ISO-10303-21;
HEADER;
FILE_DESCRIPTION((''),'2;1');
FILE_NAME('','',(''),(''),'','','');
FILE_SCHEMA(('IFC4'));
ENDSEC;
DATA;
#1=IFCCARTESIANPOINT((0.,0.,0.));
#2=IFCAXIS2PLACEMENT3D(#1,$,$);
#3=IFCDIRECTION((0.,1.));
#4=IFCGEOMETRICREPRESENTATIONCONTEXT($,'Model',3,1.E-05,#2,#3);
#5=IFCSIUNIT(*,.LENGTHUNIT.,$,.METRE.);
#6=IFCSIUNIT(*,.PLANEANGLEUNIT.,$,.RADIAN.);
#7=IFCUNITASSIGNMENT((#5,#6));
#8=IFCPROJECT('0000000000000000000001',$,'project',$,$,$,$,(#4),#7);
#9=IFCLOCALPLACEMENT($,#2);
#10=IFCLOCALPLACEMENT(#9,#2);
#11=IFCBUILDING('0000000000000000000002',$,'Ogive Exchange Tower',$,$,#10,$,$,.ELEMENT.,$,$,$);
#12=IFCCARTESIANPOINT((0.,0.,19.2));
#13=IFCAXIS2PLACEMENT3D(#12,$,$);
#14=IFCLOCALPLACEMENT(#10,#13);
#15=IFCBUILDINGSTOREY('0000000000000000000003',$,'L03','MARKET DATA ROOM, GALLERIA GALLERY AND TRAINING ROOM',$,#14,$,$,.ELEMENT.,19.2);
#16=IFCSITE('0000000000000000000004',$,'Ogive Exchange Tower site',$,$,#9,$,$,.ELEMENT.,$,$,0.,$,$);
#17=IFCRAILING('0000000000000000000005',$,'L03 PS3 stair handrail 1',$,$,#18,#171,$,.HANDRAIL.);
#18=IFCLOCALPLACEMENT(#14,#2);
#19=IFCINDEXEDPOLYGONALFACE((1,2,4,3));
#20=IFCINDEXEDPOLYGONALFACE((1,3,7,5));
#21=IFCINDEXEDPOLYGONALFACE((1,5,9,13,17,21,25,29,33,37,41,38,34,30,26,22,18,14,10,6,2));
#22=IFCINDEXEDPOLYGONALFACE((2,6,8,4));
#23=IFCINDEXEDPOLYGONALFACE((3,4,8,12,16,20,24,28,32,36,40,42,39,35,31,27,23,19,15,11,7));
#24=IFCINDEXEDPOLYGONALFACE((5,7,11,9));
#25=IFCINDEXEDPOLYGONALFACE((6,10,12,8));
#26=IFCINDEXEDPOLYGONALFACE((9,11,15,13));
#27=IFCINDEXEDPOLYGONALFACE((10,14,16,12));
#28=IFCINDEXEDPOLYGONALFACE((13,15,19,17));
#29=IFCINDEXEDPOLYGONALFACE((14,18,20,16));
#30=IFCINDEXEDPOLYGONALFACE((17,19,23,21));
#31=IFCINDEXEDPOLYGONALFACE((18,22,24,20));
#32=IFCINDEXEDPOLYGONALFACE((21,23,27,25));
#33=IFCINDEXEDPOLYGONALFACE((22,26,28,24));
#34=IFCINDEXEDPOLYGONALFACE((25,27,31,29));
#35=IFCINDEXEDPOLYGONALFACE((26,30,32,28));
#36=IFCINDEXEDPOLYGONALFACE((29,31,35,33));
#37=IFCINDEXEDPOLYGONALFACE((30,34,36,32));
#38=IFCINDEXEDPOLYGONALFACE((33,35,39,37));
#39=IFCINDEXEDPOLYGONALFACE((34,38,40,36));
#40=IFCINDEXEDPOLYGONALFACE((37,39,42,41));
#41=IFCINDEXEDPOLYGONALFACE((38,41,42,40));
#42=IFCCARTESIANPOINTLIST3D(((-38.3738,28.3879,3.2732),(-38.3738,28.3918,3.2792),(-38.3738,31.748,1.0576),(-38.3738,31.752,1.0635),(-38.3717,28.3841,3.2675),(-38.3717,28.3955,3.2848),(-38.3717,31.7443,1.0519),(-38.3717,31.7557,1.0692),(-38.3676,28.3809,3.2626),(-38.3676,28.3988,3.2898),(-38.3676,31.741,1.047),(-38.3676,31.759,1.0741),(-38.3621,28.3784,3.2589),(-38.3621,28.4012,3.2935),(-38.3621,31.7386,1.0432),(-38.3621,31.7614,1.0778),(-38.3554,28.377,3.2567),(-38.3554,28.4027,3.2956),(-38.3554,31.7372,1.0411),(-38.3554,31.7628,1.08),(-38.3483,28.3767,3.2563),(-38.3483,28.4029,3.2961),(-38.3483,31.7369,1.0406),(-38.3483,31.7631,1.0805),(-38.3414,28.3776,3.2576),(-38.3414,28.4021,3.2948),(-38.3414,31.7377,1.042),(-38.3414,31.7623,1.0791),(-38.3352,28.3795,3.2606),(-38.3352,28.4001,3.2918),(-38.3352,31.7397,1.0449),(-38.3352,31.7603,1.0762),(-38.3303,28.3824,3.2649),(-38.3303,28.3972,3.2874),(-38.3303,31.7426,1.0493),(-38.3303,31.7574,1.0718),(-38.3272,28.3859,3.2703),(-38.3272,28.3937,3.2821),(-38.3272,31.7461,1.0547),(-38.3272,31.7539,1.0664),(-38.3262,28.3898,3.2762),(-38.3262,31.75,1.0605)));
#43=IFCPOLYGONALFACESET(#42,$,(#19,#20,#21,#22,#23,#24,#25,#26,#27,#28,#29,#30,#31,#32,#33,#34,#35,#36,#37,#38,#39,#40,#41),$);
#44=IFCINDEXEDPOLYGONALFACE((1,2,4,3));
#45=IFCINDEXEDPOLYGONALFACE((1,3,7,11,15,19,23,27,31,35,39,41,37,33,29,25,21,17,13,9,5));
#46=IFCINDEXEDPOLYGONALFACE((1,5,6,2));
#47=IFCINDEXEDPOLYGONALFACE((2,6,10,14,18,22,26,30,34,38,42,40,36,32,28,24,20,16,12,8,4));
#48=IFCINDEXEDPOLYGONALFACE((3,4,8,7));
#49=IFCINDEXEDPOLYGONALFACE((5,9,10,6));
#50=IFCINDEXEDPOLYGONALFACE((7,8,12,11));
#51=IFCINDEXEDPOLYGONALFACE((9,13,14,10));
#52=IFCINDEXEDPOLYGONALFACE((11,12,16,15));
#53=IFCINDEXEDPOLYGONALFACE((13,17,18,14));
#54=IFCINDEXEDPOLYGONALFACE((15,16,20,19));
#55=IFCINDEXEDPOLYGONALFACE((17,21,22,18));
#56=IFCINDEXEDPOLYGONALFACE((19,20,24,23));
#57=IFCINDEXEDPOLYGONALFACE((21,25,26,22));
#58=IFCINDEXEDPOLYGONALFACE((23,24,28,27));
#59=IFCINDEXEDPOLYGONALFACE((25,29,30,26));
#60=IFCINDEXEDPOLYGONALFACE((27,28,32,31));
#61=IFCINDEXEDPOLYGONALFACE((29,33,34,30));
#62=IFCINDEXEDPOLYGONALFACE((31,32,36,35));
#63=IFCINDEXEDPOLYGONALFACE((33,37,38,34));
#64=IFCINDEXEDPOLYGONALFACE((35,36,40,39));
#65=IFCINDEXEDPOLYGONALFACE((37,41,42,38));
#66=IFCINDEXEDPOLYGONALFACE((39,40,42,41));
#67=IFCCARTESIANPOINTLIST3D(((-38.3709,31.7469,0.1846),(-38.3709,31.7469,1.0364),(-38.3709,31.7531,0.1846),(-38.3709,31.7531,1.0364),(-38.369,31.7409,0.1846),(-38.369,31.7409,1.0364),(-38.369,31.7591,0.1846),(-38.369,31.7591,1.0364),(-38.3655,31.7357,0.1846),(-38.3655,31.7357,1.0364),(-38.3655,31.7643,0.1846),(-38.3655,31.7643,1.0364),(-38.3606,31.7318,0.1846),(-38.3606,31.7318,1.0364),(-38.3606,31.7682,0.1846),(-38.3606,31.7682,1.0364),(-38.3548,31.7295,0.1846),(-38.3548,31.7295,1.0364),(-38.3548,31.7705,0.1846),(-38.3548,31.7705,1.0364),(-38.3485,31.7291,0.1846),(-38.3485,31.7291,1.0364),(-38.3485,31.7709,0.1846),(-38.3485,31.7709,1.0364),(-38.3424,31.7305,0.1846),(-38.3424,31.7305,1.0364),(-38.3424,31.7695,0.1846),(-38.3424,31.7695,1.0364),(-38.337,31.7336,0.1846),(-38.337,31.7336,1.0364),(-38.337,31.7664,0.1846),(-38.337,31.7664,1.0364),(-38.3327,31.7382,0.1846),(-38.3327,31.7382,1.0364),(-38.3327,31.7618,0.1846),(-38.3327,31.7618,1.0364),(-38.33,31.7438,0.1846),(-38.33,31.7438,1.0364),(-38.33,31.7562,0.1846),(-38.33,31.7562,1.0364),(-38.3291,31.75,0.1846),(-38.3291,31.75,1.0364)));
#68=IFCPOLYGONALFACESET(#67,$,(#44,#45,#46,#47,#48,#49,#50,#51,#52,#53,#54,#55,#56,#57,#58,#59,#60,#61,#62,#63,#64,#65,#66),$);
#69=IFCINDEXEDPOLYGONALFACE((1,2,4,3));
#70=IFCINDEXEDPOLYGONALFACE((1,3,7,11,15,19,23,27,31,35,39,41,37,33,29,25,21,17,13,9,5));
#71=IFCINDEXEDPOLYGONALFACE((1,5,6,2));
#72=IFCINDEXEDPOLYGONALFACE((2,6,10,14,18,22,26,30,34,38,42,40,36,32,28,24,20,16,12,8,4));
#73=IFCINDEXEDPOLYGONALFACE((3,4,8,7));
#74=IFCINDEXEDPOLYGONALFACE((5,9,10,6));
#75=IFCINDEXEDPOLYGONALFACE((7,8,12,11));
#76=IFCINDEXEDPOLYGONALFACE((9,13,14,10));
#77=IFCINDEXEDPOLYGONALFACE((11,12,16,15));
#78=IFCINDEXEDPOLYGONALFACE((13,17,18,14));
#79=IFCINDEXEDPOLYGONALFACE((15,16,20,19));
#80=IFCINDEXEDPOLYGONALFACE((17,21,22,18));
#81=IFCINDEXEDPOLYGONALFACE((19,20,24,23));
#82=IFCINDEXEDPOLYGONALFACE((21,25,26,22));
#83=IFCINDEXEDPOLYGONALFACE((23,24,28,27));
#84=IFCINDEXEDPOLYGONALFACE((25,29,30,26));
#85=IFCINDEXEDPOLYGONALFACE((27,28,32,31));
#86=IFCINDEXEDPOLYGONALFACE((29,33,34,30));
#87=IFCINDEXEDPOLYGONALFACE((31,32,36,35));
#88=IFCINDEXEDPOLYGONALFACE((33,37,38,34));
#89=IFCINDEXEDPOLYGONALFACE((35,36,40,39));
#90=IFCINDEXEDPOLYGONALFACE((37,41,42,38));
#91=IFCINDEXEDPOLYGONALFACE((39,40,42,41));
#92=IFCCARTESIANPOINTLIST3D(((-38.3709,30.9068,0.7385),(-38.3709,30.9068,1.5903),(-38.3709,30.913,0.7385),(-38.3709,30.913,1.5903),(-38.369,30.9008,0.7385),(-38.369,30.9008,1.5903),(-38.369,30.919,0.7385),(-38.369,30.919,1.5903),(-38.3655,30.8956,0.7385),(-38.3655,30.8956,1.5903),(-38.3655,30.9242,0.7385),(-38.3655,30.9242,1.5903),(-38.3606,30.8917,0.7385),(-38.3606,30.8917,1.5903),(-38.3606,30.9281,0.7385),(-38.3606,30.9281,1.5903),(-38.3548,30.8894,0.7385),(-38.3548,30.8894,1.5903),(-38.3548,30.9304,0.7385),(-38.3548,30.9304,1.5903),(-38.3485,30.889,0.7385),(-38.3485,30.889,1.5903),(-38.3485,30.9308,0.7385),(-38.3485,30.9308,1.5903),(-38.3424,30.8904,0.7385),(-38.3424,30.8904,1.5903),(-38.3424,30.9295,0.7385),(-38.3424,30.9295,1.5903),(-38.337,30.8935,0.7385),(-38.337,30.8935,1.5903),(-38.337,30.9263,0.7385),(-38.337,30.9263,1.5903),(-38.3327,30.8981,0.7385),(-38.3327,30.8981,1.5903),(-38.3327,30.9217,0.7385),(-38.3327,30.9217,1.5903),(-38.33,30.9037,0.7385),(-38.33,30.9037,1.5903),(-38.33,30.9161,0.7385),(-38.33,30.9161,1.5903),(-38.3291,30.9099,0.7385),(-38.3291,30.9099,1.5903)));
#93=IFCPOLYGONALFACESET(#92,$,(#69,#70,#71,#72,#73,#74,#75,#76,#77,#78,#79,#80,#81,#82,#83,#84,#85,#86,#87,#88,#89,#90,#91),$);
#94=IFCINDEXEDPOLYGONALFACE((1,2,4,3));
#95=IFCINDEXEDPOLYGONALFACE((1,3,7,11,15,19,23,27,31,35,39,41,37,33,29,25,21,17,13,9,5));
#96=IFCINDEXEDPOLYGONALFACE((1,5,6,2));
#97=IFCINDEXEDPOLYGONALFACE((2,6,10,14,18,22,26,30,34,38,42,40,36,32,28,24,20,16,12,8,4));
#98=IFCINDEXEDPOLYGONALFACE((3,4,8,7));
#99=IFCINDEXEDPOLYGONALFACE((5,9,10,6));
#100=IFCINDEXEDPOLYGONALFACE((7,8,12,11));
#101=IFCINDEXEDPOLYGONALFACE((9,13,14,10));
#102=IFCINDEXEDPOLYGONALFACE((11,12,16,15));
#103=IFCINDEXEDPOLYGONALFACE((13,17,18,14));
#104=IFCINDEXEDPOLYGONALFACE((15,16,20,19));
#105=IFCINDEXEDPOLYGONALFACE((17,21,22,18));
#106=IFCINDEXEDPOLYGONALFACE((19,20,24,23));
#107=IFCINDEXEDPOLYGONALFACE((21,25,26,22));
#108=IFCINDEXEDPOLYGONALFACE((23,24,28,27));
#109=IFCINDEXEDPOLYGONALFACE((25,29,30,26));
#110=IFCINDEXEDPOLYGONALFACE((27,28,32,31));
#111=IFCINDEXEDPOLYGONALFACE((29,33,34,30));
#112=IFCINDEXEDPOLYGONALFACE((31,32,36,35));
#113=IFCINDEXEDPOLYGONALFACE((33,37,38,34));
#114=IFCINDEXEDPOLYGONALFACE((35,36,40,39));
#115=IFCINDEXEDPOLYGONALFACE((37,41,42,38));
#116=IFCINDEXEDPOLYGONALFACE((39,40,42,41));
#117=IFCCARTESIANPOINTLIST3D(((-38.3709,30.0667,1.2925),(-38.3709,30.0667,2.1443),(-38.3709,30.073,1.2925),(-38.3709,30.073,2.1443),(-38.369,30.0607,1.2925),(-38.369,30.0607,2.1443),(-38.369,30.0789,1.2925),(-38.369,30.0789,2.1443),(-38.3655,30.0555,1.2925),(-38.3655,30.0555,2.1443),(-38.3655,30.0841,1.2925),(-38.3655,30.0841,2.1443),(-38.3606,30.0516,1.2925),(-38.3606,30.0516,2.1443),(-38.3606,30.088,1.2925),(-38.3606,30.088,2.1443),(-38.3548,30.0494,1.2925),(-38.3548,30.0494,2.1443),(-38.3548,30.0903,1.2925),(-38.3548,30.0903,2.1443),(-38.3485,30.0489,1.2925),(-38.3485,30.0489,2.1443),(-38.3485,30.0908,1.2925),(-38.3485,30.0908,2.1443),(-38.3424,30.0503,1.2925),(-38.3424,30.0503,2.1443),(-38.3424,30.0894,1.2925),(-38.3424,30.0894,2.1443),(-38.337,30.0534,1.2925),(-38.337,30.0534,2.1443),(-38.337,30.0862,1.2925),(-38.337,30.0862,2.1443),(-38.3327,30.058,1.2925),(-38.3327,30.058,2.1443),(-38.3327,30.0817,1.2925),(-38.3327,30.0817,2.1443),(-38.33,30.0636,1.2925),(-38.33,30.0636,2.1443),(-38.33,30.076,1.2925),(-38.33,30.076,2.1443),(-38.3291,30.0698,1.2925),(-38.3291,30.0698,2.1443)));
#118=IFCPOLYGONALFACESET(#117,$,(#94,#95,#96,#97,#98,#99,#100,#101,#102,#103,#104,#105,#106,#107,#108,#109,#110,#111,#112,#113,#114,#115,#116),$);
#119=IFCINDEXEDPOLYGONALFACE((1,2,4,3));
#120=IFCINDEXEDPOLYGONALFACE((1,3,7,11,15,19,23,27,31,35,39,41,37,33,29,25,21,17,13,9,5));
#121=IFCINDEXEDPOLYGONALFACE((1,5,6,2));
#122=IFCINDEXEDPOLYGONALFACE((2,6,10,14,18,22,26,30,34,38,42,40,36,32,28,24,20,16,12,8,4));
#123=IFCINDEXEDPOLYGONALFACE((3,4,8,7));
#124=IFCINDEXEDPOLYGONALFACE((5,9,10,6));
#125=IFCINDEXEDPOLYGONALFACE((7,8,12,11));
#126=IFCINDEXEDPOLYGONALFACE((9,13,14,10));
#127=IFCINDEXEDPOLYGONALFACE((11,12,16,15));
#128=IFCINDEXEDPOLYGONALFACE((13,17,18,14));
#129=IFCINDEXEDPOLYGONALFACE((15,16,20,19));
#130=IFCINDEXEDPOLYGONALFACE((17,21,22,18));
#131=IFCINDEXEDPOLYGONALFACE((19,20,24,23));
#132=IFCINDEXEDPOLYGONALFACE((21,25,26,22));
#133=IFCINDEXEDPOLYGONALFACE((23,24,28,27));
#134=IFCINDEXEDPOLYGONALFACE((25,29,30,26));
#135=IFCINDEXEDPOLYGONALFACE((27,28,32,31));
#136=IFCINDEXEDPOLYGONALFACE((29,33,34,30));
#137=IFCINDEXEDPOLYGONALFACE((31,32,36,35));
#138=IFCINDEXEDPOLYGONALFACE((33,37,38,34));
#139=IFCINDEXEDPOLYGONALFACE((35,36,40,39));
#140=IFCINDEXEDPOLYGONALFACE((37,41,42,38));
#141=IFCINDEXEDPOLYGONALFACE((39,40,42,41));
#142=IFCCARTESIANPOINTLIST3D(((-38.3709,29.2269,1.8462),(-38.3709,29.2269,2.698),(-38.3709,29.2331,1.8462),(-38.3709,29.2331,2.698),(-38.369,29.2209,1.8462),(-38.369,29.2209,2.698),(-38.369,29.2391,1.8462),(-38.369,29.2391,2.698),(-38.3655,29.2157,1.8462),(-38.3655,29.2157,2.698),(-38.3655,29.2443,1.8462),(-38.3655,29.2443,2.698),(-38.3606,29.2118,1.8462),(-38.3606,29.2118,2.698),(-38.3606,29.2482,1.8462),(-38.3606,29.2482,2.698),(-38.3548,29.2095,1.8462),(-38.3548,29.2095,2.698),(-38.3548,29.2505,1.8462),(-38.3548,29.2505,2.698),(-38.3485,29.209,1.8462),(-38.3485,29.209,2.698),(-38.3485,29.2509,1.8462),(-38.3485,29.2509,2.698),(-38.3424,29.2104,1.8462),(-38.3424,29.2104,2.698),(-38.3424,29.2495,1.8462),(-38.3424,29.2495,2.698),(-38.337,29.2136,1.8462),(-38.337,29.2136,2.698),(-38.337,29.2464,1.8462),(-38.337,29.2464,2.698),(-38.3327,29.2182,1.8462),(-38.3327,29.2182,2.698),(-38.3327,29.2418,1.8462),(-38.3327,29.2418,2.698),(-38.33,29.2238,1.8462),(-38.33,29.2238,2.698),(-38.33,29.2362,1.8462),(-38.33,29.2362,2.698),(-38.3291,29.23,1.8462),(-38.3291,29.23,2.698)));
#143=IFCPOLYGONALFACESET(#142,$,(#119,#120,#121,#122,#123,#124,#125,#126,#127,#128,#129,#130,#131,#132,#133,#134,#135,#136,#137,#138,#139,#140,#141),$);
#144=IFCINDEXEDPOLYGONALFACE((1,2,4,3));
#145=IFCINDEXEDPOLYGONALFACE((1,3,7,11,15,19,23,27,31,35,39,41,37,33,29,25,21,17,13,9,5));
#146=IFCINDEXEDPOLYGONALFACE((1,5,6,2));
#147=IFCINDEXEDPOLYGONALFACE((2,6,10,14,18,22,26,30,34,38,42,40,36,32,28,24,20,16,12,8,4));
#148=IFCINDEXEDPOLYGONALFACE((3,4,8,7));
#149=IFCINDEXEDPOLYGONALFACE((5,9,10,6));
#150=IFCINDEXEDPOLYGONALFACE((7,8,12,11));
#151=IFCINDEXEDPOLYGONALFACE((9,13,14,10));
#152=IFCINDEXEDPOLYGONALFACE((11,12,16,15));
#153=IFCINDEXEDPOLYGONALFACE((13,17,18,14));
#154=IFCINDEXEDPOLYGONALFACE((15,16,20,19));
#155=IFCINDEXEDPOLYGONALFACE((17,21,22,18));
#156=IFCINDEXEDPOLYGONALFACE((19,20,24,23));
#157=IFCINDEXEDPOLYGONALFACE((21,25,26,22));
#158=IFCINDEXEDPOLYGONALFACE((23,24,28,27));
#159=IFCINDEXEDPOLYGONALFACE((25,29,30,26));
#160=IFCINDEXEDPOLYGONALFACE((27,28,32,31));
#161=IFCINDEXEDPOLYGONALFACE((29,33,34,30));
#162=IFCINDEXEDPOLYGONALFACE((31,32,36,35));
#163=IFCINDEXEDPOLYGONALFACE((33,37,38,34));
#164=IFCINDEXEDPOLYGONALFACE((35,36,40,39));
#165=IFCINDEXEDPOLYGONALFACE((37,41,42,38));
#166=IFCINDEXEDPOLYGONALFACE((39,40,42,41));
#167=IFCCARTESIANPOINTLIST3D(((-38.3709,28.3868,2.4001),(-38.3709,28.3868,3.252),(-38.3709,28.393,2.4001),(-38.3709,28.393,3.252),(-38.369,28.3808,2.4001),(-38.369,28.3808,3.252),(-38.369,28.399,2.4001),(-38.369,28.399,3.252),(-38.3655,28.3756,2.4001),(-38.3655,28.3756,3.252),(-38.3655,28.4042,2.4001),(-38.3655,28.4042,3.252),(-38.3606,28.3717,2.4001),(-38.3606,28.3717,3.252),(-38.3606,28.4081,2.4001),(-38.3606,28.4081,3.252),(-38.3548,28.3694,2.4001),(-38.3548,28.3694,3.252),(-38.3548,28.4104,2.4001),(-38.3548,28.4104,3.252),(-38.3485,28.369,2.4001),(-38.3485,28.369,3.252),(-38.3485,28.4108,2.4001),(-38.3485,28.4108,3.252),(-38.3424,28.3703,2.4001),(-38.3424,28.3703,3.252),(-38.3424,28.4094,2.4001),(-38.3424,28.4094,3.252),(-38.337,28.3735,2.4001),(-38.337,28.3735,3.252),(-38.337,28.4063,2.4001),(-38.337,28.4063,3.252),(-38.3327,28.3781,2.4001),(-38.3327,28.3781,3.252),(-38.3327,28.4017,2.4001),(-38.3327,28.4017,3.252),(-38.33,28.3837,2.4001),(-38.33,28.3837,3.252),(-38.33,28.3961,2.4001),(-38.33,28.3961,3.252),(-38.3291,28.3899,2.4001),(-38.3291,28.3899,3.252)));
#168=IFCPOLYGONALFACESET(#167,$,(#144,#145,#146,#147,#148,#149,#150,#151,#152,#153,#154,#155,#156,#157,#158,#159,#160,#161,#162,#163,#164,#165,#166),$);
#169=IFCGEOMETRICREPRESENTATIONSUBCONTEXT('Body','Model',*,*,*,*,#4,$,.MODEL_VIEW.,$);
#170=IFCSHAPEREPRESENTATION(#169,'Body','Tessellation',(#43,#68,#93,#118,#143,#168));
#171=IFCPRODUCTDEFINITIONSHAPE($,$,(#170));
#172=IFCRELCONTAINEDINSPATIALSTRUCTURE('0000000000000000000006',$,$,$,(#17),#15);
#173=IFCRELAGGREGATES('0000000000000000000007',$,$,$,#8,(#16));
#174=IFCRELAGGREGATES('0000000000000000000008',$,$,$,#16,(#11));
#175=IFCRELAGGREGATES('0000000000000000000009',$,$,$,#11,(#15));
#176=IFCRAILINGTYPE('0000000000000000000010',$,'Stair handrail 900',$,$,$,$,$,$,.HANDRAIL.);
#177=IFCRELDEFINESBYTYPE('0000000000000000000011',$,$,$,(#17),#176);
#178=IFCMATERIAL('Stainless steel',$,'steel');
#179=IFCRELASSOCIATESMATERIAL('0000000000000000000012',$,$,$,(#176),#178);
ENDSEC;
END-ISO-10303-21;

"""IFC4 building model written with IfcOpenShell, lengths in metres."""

from ifc_helpers import new_model, si_unit, direction, frame, origin, origin_2d, place, context, subcontext, project, spatial, circle, extrude, material, type_object, element, save


model = new_model("IFC4")

# Units and contexts
model_context = context("Model", 3, precision=1e-05, world=origin(), true_north=direction((0.0, 1.0)))
body_context = subcontext(model_context, "Body", "Model", "MODEL_VIEW")
ifc_project = project(units=[si_unit("LENGTHUNIT", "METRE"), si_unit("PLANEANGLEUNIT", "RADIAN")], contexts=[model_context])

# Site, building, storey
site_placement = place(None, origin())
site = spatial("IfcSite", under=ifc_project, at=site_placement, Name="Ogive Exchange Tower site", CompositionType="ELEMENT", RefElevation=0.0)
building_placement = place(site_placement, origin())
building = spatial("IfcBuilding", under=site, at=building_placement, Name="Ogive Exchange Tower", CompositionType="ELEMENT")
storey_placement = place(building_placement, frame((0.0, 0.0, 19.2)))
storey = spatial("IfcBuildingStorey", under=building, at=storey_placement, Name="L03", Description="MARKET DATA ROOM, GALLERIA GALLERY AND TRAINING ROOM", CompositionType="ELEMENT", Elevation=19.2)

# Railing
ifc_material_1 = material(Name="Stainless steel", Category="steel")
railing_type = type_object("IfcRailingType", Name="Stair handrail 900", PredefinedType="HANDRAIL", material=ifc_material_1)
railing_1_placement = place(storey_placement, frame((-38.3501, 31.75, 0.1846)))
element("IfcRailing", 1, at=railing_1_placement, inside=storey, type_object=railing_type, Name="L03 PS3 stair handrail 1", PredefinedType="HANDRAIL", context=body_context, shape_type="SweptSolid", body=[
    extrude(circle(Radius=0.0239, at=origin_2d()), frame((0.0, 0.0, 0.876), z_axis=(0.0, -0.834849, 0.55048), x_axis=(1.0, 0.0, 0.0)), (0.0, 0.0, 1.0), 4.0249),
    extrude(circle(Radius=0.021, at=origin_2d()), origin(), (0.0, 0.0, 1.0), 0.8518),
    extrude(circle(Radius=0.021, at=origin_2d()), frame((0.0, -0.8401, 0.554)), (0.0, 0.0, 1.0), 0.8518),
    extrude(circle(Radius=0.021, at=origin_2d()), frame((0.0, -1.6802, 1.1079)), (0.0, 0.0, 1.0), 0.8518),
    extrude(circle(Radius=0.021, at=origin_2d()), frame((0.0, -2.52, 1.6616)), (0.0, 0.0, 1.0), 0.8518),
    extrude(circle(Radius=0.021, at=origin_2d()), frame((0.0, -3.3601, 2.2156)), (0.0, 0.0, 1.0), 0.8518),
])

save(model, "model.ifc")
